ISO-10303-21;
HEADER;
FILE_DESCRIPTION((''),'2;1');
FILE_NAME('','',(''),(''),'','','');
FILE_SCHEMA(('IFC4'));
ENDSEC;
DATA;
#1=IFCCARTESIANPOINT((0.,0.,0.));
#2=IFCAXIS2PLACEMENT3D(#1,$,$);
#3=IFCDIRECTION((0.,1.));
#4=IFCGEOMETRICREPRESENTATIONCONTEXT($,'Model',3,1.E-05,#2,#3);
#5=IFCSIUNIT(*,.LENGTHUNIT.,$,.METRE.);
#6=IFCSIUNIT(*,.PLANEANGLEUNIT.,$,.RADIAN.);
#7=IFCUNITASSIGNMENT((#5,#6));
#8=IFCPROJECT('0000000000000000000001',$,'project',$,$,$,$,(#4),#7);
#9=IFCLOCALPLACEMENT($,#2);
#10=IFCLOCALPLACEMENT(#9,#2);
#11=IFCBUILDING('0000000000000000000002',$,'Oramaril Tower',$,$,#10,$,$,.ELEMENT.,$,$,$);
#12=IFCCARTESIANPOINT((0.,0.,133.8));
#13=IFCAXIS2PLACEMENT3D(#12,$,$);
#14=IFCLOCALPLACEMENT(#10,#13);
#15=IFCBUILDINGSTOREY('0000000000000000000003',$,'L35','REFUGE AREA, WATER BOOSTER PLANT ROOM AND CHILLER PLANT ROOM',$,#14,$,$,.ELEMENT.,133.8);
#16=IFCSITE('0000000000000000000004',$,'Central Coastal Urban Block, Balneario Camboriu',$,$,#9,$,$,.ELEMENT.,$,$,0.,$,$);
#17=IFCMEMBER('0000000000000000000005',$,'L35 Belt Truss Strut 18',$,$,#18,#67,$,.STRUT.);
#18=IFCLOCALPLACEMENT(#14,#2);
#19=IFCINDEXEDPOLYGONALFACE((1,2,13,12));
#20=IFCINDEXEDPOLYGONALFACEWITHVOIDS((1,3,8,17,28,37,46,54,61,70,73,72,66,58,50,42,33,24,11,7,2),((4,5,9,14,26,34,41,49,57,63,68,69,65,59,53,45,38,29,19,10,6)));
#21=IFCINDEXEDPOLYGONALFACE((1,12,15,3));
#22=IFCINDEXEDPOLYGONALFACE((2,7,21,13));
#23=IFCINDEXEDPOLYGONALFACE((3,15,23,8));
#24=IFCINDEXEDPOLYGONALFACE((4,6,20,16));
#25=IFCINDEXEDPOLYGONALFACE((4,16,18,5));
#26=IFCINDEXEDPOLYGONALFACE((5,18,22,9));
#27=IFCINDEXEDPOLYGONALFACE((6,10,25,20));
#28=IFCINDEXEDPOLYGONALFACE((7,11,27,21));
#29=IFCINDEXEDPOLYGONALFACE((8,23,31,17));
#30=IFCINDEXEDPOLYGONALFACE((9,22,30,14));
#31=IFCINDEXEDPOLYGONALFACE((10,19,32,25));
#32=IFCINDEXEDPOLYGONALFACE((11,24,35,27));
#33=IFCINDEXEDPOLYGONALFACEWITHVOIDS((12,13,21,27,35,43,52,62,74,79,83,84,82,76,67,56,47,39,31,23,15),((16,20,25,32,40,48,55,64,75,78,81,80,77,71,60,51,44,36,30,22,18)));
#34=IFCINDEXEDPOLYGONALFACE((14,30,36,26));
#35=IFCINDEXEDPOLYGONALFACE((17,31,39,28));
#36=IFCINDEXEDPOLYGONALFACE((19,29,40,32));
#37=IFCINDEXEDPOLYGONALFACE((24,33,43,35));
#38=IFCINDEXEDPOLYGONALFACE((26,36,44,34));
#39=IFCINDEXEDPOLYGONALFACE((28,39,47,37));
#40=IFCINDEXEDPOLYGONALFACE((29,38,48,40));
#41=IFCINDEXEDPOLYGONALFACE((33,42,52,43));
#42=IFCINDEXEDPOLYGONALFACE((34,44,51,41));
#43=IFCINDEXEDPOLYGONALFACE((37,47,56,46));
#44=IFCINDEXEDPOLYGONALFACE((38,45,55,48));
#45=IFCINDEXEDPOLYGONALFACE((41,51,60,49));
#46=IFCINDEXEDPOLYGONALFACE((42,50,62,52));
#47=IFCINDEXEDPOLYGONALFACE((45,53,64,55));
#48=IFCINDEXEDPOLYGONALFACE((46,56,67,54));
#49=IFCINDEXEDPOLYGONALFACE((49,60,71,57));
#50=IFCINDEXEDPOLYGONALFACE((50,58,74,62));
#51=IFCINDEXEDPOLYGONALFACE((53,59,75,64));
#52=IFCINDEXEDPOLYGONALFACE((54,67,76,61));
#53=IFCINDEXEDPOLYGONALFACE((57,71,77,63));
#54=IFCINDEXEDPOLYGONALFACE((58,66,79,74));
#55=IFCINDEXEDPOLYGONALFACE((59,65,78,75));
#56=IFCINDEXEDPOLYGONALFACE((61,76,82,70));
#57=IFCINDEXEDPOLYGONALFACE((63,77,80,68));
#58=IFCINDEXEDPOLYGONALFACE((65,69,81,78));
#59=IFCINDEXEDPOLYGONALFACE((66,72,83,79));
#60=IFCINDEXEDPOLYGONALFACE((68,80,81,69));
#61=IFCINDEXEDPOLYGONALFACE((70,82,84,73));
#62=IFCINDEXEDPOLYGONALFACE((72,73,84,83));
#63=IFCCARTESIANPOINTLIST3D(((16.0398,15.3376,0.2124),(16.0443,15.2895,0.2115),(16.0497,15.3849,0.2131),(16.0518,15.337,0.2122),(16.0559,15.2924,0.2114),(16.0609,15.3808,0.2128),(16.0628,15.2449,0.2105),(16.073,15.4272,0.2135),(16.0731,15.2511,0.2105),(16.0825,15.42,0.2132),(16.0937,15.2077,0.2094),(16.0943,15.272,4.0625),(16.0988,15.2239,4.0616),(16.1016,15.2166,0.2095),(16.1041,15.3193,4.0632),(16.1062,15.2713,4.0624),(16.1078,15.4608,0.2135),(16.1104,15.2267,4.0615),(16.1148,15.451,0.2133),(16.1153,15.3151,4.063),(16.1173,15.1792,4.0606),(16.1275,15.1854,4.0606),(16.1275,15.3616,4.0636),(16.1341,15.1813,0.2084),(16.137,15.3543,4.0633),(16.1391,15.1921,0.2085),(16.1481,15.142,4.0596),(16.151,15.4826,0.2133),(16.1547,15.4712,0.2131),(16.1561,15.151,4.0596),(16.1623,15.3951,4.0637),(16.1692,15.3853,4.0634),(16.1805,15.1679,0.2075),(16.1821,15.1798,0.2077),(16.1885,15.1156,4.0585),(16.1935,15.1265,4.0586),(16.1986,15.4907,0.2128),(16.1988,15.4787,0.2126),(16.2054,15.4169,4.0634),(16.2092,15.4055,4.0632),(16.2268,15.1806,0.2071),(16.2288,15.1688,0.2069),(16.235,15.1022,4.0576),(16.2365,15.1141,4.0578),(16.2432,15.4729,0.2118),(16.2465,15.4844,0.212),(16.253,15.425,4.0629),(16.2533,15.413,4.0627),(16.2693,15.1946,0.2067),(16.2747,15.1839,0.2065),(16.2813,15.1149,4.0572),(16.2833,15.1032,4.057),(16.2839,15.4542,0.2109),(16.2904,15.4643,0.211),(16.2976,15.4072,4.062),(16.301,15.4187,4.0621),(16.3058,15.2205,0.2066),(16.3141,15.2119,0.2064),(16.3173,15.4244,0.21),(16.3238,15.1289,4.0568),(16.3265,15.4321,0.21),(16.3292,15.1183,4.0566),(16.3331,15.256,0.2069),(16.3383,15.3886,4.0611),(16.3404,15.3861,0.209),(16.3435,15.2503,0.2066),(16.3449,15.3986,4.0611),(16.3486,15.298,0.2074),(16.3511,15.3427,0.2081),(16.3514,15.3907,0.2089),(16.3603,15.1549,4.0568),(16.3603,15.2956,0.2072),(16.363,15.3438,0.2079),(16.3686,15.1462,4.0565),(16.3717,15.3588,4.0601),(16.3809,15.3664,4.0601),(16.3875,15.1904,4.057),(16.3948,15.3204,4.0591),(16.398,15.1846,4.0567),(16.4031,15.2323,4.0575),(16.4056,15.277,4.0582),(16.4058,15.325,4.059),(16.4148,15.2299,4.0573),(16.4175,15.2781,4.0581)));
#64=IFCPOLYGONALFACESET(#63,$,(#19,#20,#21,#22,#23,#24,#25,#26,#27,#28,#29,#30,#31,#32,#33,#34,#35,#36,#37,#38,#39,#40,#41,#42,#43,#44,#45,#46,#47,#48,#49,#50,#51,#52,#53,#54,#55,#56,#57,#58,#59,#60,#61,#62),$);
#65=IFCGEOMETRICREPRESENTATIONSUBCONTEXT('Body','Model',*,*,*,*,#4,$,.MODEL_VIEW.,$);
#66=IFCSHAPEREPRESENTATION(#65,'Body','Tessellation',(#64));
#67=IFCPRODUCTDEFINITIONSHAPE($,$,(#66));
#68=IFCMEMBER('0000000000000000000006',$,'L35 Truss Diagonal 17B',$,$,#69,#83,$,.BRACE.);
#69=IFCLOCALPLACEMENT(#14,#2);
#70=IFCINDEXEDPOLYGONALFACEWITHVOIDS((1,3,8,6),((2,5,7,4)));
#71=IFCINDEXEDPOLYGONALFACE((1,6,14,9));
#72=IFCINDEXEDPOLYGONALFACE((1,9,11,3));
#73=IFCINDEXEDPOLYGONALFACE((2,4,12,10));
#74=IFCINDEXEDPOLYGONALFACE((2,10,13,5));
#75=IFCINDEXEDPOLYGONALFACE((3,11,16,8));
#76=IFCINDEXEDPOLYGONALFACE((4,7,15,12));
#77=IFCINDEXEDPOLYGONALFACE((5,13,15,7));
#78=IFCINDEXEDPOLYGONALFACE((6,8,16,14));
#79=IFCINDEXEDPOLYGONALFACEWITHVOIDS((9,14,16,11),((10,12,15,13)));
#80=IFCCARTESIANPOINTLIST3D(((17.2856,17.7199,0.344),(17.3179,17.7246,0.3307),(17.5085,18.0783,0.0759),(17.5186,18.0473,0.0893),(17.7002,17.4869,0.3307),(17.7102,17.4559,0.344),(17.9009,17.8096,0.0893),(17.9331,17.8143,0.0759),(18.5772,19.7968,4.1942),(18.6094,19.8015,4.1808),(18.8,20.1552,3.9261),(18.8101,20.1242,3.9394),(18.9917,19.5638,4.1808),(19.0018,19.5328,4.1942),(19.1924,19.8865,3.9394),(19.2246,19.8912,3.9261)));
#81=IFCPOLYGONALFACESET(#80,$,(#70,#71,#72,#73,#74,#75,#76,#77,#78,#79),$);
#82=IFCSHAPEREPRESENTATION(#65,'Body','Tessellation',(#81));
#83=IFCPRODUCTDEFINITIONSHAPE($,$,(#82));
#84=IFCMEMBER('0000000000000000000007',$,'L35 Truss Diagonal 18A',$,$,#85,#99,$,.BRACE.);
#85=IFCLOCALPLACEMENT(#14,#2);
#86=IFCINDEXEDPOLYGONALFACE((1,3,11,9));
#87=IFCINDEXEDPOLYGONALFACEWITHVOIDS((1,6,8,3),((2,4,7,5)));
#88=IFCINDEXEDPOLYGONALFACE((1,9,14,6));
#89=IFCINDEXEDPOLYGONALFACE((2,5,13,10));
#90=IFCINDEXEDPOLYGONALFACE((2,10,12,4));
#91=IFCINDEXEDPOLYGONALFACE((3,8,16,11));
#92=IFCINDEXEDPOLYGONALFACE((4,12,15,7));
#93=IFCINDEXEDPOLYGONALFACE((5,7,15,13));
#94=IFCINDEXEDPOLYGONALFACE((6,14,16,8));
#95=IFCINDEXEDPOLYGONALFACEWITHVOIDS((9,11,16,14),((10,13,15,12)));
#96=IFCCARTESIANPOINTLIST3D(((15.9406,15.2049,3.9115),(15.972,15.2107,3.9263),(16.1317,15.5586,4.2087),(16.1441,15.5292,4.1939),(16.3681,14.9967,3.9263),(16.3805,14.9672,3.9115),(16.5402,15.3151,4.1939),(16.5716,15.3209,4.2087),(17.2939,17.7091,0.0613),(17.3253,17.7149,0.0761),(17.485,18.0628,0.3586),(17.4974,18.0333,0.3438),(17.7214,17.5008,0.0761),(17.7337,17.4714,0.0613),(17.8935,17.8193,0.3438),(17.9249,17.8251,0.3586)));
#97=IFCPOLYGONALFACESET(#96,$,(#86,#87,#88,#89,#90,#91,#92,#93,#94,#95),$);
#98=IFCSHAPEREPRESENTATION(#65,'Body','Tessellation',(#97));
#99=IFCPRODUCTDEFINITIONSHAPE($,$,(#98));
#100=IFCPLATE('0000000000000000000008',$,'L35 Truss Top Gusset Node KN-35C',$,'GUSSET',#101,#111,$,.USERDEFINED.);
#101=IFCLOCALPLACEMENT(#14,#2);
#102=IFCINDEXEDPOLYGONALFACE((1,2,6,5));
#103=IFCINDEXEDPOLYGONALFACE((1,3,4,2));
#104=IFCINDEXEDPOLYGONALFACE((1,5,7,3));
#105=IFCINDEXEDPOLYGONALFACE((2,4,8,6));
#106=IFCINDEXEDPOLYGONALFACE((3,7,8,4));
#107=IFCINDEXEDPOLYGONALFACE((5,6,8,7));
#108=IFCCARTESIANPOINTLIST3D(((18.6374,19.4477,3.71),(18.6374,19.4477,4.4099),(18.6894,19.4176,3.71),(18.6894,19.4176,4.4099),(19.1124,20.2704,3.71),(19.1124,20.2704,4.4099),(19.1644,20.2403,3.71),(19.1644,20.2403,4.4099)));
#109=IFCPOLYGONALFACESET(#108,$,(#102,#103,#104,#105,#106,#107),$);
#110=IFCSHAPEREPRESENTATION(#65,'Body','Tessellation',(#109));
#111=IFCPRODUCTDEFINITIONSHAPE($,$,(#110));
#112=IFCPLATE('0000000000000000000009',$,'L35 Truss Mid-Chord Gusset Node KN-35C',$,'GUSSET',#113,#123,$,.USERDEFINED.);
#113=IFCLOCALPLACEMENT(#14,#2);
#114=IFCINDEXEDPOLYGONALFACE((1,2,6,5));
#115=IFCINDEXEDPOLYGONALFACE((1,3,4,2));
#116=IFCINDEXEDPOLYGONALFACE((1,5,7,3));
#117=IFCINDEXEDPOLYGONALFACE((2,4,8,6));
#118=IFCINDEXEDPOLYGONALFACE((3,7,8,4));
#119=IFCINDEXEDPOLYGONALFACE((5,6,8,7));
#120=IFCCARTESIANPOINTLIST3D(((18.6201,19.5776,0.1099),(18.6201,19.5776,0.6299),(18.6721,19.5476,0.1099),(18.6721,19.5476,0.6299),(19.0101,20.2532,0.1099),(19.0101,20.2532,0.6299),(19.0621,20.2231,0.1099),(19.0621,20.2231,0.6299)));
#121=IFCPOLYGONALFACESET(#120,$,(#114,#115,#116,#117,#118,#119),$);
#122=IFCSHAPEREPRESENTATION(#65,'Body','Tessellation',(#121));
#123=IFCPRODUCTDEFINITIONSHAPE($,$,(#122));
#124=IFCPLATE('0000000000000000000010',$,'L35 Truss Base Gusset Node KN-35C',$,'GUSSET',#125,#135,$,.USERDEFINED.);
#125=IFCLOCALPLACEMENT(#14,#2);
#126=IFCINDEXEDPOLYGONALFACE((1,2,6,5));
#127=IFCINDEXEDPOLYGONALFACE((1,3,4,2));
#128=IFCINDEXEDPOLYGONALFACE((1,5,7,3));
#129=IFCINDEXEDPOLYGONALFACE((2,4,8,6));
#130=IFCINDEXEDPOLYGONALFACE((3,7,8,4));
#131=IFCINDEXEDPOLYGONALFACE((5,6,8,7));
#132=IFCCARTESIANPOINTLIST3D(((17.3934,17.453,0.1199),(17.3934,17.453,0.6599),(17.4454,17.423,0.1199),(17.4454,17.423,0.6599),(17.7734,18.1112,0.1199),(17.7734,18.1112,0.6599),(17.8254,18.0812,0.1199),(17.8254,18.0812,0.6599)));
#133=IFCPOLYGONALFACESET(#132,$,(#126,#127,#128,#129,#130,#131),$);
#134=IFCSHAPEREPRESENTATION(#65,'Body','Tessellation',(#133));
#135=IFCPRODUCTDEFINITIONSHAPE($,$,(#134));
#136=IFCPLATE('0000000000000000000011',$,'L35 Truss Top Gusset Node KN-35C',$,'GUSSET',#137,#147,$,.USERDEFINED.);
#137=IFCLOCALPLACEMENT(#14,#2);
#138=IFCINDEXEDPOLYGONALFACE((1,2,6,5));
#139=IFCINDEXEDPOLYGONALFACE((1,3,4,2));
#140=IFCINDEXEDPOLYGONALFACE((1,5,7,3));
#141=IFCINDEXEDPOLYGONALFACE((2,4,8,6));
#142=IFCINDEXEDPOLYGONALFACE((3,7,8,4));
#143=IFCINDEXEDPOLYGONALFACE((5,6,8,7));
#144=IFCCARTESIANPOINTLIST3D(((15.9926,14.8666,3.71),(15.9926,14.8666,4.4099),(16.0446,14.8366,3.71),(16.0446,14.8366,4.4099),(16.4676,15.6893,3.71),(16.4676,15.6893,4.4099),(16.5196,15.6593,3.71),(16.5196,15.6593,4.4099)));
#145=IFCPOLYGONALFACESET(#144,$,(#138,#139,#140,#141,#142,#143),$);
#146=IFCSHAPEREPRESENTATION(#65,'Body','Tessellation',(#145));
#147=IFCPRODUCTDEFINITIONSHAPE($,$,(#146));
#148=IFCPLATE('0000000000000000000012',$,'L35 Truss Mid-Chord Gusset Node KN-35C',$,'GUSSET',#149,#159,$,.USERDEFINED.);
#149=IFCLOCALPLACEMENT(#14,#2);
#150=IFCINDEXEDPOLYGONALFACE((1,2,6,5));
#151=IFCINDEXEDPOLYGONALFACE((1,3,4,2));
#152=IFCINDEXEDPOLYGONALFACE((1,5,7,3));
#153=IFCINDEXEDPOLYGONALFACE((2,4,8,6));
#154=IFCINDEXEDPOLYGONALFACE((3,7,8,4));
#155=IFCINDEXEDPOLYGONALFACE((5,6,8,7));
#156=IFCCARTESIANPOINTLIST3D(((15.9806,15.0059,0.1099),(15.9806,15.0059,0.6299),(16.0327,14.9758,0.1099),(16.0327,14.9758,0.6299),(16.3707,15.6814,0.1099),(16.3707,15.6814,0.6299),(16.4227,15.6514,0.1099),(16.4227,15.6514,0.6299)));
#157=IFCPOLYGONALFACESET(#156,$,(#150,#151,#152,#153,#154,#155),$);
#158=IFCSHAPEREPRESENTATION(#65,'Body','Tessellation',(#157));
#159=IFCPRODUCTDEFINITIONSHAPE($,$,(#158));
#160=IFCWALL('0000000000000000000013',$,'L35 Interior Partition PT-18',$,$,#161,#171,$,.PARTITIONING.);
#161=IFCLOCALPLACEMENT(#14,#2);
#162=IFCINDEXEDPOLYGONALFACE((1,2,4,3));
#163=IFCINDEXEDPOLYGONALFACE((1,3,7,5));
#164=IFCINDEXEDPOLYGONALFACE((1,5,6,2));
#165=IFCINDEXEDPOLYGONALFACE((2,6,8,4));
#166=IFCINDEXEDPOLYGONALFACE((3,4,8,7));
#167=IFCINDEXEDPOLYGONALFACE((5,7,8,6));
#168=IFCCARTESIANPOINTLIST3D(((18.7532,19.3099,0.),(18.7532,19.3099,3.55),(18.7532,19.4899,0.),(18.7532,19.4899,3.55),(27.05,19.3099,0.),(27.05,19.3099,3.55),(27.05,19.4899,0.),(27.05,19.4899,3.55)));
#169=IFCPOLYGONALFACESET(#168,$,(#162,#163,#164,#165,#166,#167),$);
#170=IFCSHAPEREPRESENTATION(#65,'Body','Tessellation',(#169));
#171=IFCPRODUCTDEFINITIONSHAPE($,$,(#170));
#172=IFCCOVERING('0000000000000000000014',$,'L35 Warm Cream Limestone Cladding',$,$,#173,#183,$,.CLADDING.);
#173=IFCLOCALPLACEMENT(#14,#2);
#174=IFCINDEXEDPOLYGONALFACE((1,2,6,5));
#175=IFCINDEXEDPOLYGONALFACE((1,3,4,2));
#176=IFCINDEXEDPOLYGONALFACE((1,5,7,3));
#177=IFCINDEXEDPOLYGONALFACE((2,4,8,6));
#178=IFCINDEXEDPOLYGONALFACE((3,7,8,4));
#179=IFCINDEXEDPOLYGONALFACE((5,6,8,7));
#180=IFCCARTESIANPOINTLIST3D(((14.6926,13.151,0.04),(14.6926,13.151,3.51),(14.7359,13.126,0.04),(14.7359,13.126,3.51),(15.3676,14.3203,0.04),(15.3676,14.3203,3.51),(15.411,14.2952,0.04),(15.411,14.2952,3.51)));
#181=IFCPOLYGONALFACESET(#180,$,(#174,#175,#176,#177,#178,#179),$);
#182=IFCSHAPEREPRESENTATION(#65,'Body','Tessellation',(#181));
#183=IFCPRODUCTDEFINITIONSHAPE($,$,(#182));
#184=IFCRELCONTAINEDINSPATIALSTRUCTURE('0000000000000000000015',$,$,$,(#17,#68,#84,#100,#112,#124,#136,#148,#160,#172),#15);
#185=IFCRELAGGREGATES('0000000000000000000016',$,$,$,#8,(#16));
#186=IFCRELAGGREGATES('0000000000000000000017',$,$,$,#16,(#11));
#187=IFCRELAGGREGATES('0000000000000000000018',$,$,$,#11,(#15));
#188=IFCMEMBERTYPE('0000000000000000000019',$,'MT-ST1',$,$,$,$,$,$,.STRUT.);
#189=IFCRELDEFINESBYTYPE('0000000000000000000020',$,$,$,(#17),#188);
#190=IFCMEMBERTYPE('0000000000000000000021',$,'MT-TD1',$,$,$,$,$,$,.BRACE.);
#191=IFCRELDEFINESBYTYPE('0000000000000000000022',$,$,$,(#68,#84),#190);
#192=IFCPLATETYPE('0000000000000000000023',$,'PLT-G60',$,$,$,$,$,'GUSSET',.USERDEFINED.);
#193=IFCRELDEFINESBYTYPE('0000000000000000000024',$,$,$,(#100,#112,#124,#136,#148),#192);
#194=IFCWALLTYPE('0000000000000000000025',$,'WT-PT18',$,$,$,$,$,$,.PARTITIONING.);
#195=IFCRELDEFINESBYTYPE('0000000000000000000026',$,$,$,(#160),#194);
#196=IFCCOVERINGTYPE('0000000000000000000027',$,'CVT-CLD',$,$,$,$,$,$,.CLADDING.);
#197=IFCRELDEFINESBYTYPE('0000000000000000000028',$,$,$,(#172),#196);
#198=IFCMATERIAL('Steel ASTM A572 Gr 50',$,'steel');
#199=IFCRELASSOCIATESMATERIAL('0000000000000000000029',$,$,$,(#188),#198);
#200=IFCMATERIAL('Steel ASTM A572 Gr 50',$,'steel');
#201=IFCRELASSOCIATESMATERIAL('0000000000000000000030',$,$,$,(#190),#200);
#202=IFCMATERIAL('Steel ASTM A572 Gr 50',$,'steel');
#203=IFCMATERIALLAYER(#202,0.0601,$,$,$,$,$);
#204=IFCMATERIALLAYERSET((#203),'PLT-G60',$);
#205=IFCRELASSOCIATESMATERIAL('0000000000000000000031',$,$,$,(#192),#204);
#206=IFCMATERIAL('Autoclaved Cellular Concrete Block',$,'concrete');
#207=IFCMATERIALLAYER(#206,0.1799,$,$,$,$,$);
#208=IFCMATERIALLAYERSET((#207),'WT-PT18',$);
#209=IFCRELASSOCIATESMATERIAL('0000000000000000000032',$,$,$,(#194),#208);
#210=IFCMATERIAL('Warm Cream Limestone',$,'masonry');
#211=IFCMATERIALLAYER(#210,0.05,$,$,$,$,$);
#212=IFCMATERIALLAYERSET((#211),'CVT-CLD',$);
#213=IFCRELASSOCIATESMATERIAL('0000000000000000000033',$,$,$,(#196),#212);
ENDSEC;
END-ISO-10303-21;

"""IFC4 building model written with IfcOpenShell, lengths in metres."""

from ifc_helpers import new_model, si_unit, direction, frame, frame_2d, origin, origin_2d, place, context, subcontext, project, spatial, rectangle, hollow_rectangle, hollow_circle, extrude, material, layer, layer_set, material_profile, profile_set, type_object, element, save


model = new_model("IFC4")

# Units and contexts
model_context = context("Model", 3, precision=1e-05, world=origin(), true_north=direction((0.0, 1.0)))
body_context = subcontext(model_context, "Body", "Model", "MODEL_VIEW")
ifc_project = project(units=[si_unit("LENGTHUNIT", "METRE"), si_unit("PLANEANGLEUNIT", "RADIAN")], contexts=[model_context])

# Site, building, storey
site_placement = place(None, origin())
site = spatial("IfcSite", under=ifc_project, at=site_placement, Name="Central Coastal Urban Block, Balneario Camboriu", CompositionType="ELEMENT", RefElevation=0.0)
building_placement = place(site_placement, origin())
building = spatial("IfcBuilding", under=site, at=building_placement, Name="Oramaril Tower", CompositionType="ELEMENT")
storey_placement = place(building_placement, frame((0.0, 0.0, 133.8)))
storey = spatial("IfcBuildingStorey", under=building, at=storey_placement, Name="L35", Description="REFUGE AREA, WATER BOOSTER PLANT ROOM AND CHILLER PLANT ROOM", CompositionType="ELEMENT", Elevation=133.8)

# Members
ifc_material_1 = material(Name="Steel ASTM A572 Gr 50", Category="steel")
ifc_material_profile_1 = material_profile(ifc_material_1, hollow_circle(Radius=0.1621, WallThickness=0.012, at=origin_2d()), Name="CHS324X12")
ifc_profile_set_1 = profile_set([ifc_material_profile_1], Name="Steel ASTM A572 Gr 50")
member_type_1 = type_object("IfcMemberType", Name="MT-ST1", PredefinedType="STRUT", material=ifc_profile_set_1)
for number, where, z_axis, x_axis, name in (
    (1, (16.2017, 15.3286, 0.21), (0.014137, -0.017054, 0.999755), (0.769861, 0.638212, 0.0), "L35 Belt Truss Strut 18"),
):
    element("IfcMember", number, at=place(storey_placement, frame(where, z_axis=z_axis, x_axis=x_axis)), inside=storey, type_object=member_type_1, Name=name, PredefinedType="STRUT", context=body_context, shape_type="SweptSolid", body=[
        extrude(hollow_circle(Radius=0.1621, WallThickness=0.012, at=origin_2d()), origin(), (0.0, 0.0, 1.0), 3.8511),
    ])
ifc_material_2 = material(Name="Steel ASTM A572 Gr 50", Category="steel")
ifc_material_profile_2 = material_profile(ifc_material_2, hollow_rectangle(XDim=0.5, YDim=0.5, WallThickness=0.0249, at=origin_2d()), Name="HSS500X500X25")
ifc_profile_set_2 = profile_set([ifc_material_profile_2], Name="Steel ASTM A572 Gr 50")
member_type_2 = type_object("IfcMemberType", Name="MT-TD1", PredefinedType="BRACE", material=ifc_profile_set_2)
member_1_placement = place(storey_placement, frame((17.6094, 17.7671, 0.21), z_axis=(0.283149, 0.455339, 0.844093), x_axis=(-0.849202, 0.528068, 0.0)))
element("IfcMember", 2, at=member_1_placement, inside=storey, type_object=member_type_2, Name="L35 Truss Diagonal 17B", PredefinedType="BRACE", context=body_context, shape_type="SweptSolid", body=[
    extrude(hollow_rectangle(XDim=0.5, YDim=0.5, WallThickness=0.0249, at=origin_2d()), origin(), (0.0, 0.0, 1.0), 4.5613),
])
member_2_placement = place(storey_placement, frame((17.6094, 17.7671, 0.21), z_axis=(-0.282636, -0.523001, 0.804107), x_axis=(0.879754, -0.475429, 0.0)))
element("IfcMember", 3, at=member_2_placement, inside=storey, type_object=member_type_2, Name="L35 Truss Diagonal 18A", PredefinedType="BRACE", context=body_context, shape_type="SweptSolid", body=[
    extrude(hollow_rectangle(XDim=0.5, YDim=0.5, WallThickness=0.0249, at=origin_2d()), origin(), (0.0, 0.0, 1.0), 4.7881),
])

# Plates
ifc_material_3 = material(Name="Steel ASTM A572 Gr 50", Category="steel")
ifc_layer_1 = layer(ifc_material_3, 0.0601)
ifc_layer_set_1 = layer_set([ifc_layer_1], Name="PLT-G60")
plate_type = type_object("IfcPlateType", Name="PLT-G60", ElementType="GUSSET", PredefinedType="USERDEFINED", material=ifc_layer_set_1)
plate_1_placement = place(storey_placement, frame((18.9009, 19.844, 3.71), z_axis=(0.0, 0.0, 1.0), x_axis=(-0.499992, -0.86603, 0.0)))
element("IfcPlate", 4, at=plate_1_placement, inside=storey, type_object=plate_type, Name="L35 Truss Top Gusset Node KN-35C", ObjectType="GUSSET", PredefinedType="USERDEFINED", context=body_context, shape_type="SweptSolid", body=[
    extrude(rectangle(XDim=0.95, YDim=0.0601, at=origin_2d()), origin(), (0.0, 0.0, 1.0), 0.7),
])
plate_2_placement = place(storey_placement, frame((18.8411, 19.9004, 0.1099), z_axis=(0.0, 0.0, 1.0), x_axis=(-0.499992, -0.86603, 0.0)))
element("IfcPlate", 5, at=plate_2_placement, inside=storey, type_object=plate_type, Name="L35 Truss Mid-Chord Gusset Node KN-35C", ObjectType="GUSSET", PredefinedType="USERDEFINED", context=body_context, shape_type="SweptSolid", body=[
    extrude(rectangle(XDim=0.78, YDim=0.0601, at=origin_2d()), origin(), (0.0, 0.0, 1.0), 0.52),
])
plate_3_placement = place(storey_placement, frame((17.6094, 17.7671, 0.1199), z_axis=(0.0, 0.0, 1.0), x_axis=(-0.499992, -0.86603, 0.0)))
element("IfcPlate", 6, at=plate_3_placement, inside=storey, type_object=plate_type, Name="L35 Truss Base Gusset Node KN-35C", ObjectType="GUSSET", PredefinedType="USERDEFINED", context=body_context, shape_type="SweptSolid", body=[
    extrude(rectangle(XDim=0.76, YDim=0.0601, at=origin_2d()), origin(), (0.0, 0.0, 1.0), 0.54),
])
plate_4_placement = place(storey_placement, frame((16.2561, 15.2629, 3.71), z_axis=(0.0, 0.0, 1.0), x_axis=(-0.500008, -0.866021, 0.0)))
element("IfcPlate", 7, at=plate_4_placement, inside=storey, type_object=plate_type, Name="L35 Truss Top Gusset Node KN-35C", ObjectType="GUSSET", PredefinedType="USERDEFINED", context=body_context, shape_type="SweptSolid", body=[
    extrude(rectangle(XDim=0.95, YDim=0.0601, at=origin_2d()), origin(), (0.0, 0.0, 1.0), 0.7),
])
plate_5_placement = place(storey_placement, frame((16.2017, 15.3286, 0.1099), z_axis=(0.0, 0.0, 1.0), x_axis=(-0.500008, -0.866021, 0.0)))
element("IfcPlate", 8, at=plate_5_placement, inside=storey, type_object=plate_type, Name="L35 Truss Mid-Chord Gusset Node KN-35C", ObjectType="GUSSET", PredefinedType="USERDEFINED", context=body_context, shape_type="SweptSolid", body=[
    extrude(rectangle(XDim=0.78, YDim=0.0601, at=origin_2d()), origin(), (0.0, 0.0, 1.0), 0.52),
])

# Wall
ifc_material_4 = material(Name="Autoclaved Cellular Concrete Block", Category="concrete")
ifc_layer_2 = layer(ifc_material_4, 0.1799)
ifc_layer_set_2 = layer_set([ifc_layer_2], Name="WT-PT18")
wall_type = type_object("IfcWallType", Name="WT-PT18", PredefinedType="PARTITIONING", material=ifc_layer_set_2)
wall_placement = place(storey_placement, frame((18.7532, 19.3999, 0.0), z_axis=(0.0, 0.0, 1.0), x_axis=(1.0, 0.0, 0.0)))
element("IfcWall", 9, at=wall_placement, inside=storey, type_object=wall_type, Name="L35 Interior Partition PT-18", PredefinedType="PARTITIONING", context=body_context, shape_type="SweptSolid", body=[
    extrude(rectangle(XDim=8.2969, YDim=0.1799, at=frame_2d((4.1484, 0.0))), origin(), (0.0, 0.0, 1.0), 3.55),
])

# Covering
ifc_material_5 = material(Name="Warm Cream Limestone", Category="masonry")
ifc_layer_3 = layer(ifc_material_5, 0.05)
ifc_layer_set_3 = layer_set([ifc_layer_3], Name="CVT-CLD")
covering_type = type_object("IfcCoveringType", Name="CVT-CLD", PredefinedType="CLADDING", material=ifc_layer_set_3)
covering_placement = place(storey_placement, frame((15.0518, 13.7231, 0.04), z_axis=(0.0, 0.0, 1.0), x_axis=(-0.500002, -0.866025, 0.0)))
element("IfcCovering", 10, at=covering_placement, inside=storey, type_object=covering_type, Name="L35 Warm Cream Limestone Cladding", PredefinedType="CLADDING", context=body_context, shape_type="SweptSolid", body=[
    extrude(rectangle(XDim=1.3501, YDim=0.05, at=origin_2d()), origin(), (0.0, 0.0, 1.0), 3.47),
])

save(model, "model.ifc")
